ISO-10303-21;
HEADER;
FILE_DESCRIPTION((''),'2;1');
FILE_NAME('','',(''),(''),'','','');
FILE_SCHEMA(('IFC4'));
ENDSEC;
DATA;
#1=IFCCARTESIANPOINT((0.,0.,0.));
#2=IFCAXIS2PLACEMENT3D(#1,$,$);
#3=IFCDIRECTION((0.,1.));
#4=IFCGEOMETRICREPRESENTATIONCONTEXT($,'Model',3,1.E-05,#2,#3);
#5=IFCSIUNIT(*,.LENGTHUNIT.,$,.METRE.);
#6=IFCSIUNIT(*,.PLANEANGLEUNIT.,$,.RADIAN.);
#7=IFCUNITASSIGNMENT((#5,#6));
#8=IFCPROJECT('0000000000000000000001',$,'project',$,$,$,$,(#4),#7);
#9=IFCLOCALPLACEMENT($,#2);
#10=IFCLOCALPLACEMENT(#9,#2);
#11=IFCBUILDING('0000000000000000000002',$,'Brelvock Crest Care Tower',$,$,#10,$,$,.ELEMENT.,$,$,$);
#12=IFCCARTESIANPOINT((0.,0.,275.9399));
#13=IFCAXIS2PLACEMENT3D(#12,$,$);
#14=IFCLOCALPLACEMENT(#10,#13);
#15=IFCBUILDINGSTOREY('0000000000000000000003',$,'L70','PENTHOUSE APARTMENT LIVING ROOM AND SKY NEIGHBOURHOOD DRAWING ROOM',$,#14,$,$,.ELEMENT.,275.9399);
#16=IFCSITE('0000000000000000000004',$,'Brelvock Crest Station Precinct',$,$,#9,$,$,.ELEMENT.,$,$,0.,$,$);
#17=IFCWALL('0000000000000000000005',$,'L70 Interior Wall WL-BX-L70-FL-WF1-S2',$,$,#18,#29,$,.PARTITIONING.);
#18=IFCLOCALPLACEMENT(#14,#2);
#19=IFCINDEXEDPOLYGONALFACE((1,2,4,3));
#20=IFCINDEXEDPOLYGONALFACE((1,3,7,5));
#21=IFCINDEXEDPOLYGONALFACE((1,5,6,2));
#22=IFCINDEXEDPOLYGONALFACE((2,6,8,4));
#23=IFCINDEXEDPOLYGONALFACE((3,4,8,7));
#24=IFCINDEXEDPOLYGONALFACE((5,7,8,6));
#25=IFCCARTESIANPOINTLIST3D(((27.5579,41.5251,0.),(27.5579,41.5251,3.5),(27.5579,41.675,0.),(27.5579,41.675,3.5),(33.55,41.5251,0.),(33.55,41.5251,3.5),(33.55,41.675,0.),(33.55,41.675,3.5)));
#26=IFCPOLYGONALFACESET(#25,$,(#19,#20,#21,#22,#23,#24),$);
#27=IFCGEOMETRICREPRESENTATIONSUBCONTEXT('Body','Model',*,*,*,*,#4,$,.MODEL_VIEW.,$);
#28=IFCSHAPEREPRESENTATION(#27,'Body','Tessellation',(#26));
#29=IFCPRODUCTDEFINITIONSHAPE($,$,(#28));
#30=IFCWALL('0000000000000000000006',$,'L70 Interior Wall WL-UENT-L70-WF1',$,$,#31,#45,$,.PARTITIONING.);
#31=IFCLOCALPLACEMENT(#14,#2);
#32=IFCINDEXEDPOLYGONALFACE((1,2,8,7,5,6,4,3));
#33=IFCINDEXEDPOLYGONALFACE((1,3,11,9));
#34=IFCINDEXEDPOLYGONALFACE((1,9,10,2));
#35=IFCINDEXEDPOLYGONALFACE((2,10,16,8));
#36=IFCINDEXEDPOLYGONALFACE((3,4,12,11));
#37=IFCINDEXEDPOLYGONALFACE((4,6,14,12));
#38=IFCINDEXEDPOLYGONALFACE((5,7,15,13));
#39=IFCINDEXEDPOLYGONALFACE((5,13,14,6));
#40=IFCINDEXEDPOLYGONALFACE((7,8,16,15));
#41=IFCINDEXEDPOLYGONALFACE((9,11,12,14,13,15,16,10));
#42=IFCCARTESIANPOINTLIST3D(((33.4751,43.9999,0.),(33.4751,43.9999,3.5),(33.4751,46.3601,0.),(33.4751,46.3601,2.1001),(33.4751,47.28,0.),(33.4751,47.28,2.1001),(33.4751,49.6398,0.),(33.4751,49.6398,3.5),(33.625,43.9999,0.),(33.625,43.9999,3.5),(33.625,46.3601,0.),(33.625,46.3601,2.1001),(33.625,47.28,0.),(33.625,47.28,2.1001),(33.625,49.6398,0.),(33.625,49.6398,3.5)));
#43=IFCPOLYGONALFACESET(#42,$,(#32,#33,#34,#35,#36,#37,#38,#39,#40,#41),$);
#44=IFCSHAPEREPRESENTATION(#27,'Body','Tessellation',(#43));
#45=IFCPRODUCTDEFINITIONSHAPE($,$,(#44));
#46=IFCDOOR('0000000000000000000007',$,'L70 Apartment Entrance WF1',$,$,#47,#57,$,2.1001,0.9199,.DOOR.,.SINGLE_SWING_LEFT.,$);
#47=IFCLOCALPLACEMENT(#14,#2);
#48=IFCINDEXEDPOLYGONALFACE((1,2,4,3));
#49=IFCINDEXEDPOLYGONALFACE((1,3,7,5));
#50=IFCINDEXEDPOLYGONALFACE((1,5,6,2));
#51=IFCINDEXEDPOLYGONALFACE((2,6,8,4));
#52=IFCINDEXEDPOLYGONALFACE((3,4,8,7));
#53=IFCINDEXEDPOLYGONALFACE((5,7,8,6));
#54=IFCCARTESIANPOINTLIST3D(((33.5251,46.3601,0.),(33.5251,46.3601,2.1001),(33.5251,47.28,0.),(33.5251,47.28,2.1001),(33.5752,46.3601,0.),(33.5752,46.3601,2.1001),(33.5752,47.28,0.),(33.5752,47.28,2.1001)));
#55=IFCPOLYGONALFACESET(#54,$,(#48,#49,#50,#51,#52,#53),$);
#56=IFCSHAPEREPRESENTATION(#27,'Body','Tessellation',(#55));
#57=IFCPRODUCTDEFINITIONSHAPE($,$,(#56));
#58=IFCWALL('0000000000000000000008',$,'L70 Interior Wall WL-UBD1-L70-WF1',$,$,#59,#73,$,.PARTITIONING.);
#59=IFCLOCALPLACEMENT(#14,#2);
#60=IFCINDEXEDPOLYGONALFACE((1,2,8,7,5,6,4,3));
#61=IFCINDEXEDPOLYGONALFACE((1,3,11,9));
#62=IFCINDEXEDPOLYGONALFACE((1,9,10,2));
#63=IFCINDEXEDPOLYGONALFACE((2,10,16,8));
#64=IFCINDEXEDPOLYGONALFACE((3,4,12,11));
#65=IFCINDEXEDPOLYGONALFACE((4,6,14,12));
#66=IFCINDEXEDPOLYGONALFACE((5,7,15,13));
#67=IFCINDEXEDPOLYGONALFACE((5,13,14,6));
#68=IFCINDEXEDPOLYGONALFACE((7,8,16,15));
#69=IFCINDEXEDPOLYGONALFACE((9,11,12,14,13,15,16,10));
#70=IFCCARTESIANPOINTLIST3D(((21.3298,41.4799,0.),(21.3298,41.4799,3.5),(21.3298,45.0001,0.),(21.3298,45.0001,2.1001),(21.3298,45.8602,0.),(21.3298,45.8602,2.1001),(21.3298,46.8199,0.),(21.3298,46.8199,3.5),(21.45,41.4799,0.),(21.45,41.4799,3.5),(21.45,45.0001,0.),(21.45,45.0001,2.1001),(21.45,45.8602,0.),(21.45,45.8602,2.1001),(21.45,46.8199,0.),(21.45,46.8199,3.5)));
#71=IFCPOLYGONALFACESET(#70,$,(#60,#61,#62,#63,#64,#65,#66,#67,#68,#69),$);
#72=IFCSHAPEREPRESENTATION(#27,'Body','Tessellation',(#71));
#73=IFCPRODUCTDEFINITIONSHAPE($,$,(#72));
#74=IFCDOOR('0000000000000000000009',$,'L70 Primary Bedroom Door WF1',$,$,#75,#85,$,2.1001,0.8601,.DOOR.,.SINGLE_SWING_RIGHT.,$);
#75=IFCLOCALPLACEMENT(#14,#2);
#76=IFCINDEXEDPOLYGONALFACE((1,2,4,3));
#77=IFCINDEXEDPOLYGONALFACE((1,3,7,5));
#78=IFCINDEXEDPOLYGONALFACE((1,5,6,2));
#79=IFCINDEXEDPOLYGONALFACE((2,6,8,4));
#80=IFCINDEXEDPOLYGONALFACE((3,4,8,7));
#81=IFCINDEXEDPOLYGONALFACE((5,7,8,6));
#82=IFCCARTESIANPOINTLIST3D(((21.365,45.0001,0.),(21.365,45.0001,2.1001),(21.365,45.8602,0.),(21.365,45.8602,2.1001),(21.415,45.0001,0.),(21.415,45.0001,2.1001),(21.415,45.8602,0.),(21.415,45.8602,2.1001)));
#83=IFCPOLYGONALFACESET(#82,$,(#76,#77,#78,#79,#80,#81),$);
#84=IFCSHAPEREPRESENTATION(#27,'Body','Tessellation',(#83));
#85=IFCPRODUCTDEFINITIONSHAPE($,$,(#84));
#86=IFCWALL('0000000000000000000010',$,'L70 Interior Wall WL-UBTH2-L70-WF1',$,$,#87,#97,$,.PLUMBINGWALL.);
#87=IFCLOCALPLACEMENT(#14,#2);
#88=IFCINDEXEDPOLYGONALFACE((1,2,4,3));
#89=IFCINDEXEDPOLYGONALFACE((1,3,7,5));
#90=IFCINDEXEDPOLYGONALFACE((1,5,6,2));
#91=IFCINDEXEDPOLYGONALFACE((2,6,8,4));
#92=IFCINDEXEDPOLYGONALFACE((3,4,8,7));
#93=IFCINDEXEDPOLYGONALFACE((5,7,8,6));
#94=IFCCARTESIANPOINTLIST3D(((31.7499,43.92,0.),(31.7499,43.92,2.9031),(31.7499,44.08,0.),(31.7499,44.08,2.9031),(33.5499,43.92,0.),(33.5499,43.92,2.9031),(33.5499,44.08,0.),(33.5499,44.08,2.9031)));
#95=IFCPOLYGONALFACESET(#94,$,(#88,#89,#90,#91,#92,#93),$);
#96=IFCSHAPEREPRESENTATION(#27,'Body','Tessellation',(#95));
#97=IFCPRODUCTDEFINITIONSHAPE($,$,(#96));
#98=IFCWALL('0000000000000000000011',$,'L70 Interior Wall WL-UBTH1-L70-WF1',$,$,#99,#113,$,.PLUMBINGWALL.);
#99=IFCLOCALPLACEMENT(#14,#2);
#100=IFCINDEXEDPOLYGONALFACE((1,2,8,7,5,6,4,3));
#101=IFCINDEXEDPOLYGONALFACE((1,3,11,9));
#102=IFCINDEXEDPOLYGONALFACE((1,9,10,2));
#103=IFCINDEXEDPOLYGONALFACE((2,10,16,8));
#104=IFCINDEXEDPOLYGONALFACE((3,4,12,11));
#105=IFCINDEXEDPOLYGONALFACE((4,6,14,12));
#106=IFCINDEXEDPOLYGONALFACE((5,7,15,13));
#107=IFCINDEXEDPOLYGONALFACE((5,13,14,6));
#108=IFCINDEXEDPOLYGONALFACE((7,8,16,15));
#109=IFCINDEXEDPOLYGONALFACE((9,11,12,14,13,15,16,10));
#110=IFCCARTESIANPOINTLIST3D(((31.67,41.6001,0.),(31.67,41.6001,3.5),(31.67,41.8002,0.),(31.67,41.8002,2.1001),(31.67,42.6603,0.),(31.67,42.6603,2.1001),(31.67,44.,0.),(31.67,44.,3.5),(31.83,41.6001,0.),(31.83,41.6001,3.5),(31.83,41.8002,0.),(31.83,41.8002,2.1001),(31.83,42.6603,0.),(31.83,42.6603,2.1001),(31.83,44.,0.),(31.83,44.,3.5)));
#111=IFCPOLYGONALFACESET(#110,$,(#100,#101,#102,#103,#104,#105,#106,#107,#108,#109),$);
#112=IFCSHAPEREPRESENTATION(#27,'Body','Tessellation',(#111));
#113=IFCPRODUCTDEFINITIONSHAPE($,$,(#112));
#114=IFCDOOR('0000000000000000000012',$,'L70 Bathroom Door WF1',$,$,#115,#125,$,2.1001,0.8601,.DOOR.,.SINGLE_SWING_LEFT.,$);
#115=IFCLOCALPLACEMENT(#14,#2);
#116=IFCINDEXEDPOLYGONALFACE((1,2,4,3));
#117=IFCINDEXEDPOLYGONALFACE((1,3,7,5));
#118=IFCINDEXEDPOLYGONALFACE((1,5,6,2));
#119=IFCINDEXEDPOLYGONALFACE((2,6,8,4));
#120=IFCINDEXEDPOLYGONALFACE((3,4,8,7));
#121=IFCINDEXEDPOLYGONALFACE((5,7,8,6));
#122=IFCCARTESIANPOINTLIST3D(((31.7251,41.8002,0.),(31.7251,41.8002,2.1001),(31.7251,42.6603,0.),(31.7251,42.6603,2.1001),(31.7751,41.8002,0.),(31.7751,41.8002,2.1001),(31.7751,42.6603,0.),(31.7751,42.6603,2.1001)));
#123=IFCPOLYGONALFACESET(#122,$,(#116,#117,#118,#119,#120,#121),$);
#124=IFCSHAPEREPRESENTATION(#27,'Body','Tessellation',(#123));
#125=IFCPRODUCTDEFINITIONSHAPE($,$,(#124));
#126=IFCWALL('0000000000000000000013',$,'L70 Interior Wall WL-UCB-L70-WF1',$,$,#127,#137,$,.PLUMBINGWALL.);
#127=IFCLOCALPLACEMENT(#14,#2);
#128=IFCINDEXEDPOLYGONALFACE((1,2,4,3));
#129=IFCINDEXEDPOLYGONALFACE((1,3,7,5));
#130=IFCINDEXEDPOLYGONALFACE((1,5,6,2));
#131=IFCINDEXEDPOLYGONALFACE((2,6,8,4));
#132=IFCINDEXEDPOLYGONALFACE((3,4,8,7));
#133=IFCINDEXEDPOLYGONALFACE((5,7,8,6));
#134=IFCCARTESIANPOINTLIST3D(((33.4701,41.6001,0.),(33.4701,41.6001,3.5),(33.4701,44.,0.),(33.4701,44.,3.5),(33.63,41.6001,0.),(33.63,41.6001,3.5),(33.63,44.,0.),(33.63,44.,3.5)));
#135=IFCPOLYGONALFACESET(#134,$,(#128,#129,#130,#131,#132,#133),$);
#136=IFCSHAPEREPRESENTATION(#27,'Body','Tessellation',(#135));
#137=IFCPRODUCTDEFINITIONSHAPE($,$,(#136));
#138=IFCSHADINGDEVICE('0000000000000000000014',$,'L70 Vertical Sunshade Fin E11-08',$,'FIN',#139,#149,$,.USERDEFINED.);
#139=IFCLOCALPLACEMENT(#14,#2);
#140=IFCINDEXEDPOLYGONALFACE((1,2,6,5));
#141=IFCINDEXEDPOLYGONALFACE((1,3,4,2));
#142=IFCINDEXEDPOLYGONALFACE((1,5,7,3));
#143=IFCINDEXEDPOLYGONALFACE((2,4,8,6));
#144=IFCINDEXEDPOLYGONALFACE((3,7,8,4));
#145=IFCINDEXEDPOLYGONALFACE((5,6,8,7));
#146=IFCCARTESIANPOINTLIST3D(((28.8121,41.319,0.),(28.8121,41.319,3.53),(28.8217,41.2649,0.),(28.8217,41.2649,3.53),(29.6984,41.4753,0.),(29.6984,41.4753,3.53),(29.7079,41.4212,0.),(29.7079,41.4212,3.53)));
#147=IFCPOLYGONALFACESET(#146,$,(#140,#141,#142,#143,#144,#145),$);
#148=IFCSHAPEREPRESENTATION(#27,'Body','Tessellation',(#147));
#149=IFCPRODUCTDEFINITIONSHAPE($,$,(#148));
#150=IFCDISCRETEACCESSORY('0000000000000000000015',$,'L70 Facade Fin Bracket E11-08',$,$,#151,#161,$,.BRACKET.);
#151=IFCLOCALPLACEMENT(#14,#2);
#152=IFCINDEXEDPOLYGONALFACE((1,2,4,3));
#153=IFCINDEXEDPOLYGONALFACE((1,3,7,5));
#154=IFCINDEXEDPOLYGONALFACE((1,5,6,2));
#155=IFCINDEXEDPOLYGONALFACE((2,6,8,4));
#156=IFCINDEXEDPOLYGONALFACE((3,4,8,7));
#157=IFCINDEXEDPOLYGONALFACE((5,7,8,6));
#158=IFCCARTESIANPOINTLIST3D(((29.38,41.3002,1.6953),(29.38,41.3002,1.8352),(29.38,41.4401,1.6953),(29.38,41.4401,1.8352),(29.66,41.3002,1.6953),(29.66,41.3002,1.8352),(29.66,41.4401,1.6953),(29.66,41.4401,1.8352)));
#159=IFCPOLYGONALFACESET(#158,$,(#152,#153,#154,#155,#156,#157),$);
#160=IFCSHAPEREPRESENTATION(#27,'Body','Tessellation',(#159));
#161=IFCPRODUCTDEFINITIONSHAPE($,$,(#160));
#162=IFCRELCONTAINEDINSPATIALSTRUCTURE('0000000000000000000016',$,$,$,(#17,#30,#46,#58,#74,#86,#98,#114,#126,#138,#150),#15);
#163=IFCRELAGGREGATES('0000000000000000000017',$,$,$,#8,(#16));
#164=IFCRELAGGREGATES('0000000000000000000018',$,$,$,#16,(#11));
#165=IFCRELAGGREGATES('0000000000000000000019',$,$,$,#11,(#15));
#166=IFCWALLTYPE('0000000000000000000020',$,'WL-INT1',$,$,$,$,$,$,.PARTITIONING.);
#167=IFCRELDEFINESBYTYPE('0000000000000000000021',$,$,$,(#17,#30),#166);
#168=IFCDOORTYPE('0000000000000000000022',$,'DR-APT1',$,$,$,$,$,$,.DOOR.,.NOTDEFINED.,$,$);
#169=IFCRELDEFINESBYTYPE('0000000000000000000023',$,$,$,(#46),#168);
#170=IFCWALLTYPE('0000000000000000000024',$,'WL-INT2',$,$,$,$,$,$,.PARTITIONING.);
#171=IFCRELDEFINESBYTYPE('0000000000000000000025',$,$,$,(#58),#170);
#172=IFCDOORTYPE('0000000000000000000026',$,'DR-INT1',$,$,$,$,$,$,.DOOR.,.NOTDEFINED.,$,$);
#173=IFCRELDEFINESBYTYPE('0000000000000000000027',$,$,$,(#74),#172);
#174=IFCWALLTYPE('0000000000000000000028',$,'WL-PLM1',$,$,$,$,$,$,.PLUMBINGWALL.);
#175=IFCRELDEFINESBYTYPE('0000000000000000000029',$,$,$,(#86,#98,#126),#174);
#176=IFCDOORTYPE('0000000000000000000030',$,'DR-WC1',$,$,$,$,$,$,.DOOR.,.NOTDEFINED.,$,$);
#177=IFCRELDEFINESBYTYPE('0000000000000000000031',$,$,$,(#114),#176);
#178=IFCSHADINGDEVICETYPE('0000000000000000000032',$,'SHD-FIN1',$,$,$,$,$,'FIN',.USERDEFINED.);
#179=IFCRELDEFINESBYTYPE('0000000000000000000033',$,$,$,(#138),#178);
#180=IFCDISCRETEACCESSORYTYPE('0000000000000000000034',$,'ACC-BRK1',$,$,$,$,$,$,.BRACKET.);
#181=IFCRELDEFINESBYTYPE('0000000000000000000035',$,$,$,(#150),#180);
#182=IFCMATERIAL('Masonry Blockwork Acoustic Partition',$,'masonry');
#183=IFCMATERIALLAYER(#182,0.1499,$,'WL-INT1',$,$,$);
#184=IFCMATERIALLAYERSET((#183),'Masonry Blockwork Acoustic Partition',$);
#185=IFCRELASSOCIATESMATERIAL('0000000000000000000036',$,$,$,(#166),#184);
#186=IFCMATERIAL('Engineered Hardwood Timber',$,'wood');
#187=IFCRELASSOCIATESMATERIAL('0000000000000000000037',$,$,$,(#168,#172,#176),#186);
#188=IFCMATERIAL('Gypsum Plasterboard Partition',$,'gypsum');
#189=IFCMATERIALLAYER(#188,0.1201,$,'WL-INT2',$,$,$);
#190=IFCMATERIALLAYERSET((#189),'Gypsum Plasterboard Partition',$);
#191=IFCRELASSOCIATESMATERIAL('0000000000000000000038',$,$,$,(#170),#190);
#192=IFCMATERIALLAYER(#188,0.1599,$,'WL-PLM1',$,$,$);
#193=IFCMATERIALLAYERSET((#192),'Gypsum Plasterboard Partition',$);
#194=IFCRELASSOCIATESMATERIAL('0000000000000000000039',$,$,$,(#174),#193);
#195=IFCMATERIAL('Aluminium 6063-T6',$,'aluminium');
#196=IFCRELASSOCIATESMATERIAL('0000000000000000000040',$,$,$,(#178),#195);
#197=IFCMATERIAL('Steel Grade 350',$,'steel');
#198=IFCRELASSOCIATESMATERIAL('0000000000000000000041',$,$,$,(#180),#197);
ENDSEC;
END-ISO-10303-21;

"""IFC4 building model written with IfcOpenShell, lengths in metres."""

from ifc_helpers import new_model, si_unit, direction, frame, frame_2d, origin, origin_2d, place, context, subcontext, project, spatial, rectangle, extrude, source, transform, mapped, material, layer, layer_set, material_profile, profile_set, type_object, element, fill, save


model = new_model("IFC4")

# Units and contexts
model_context = context("Model", 3, precision=1e-05, world=origin(), true_north=direction((0.0, 1.0)))
body_context = subcontext(model_context, "Body", "Model", "MODEL_VIEW")
ifc_project = project(units=[si_unit("LENGTHUNIT", "METRE"), si_unit("PLANEANGLEUNIT", "RADIAN")], contexts=[model_context])

# Site, building, storey
site_placement = place(None, origin())
site = spatial("IfcSite", under=ifc_project, at=site_placement, Name="Brelvock Crest Station Precinct", CompositionType="ELEMENT", RefElevation=0.0)
building_placement = place(site_placement, origin())
building = spatial("IfcBuilding", under=site, at=building_placement, Name="Brelvock Crest Care Tower", CompositionType="ELEMENT")
storey_placement = place(building_placement, frame((0.0, 0.0, 275.9399)))
storey = spatial("IfcBuildingStorey", under=building, at=storey_placement, Name="L70", Description="PENTHOUSE APARTMENT LIVING ROOM AND SKY NEIGHBOURHOOD DRAWING ROOM", CompositionType="ELEMENT", Elevation=275.9399)

# Shared definitions
ifc_material_1 = material(Name="Steel Grade 350", Category="steel")

# Shared definitions
ifc_material_2 = material(Name="Aluminium 6063-T6", Category="aluminium")

# Wall
ifc_material_3 = material(Name="Masonry Blockwork Acoustic Partition", Category="masonry")
ifc_layer_1 = layer(ifc_material_3, 0.1499, Name="WL-INT1")
ifc_layer_set_1 = layer_set([ifc_layer_1], Name="Masonry Blockwork Acoustic Partition")
wall_type_1 = type_object("IfcWallType", Name="WL-INT1", PredefinedType="PARTITIONING", material=ifc_layer_set_1)
wall_1_placement = place(storey_placement, frame((27.5579, 41.6001, 0.0), z_axis=(0.0, 0.0, 1.0), x_axis=(1.0, 0.0, 0.0)))
element("IfcWall", 1, at=wall_1_placement, inside=storey, type_object=wall_type_1, Name="L70 Interior Wall WL-BX-L70-FL-WF1-S2", PredefinedType="PARTITIONING", context=body_context, shape_type="SweptSolid", body=[
    extrude(rectangle(XDim=5.9922, YDim=0.1499, at=frame_2d((2.9961, 0.0))), origin(), (0.0, 0.0, 1.0), 3.5),
])

# Walls, openings, doors
wall_2_placement = place(storey_placement, frame((33.55, 44.0, 0.0), z_axis=(0.0, 0.0, 1.0), x_axis=(0.0, 1.0, 0.0)))
wall_2 = element("IfcWall", 2, at=wall_2_placement, inside=storey, type_object=wall_type_1, Name="L70 Interior Wall WL-UENT-L70-WF1", PredefinedType="PARTITIONING", context=body_context, shape_type="SweptSolid", body=[
    extrude(rectangle(XDim=5.6399, YDim=0.1499, at=frame_2d((2.8198, 0.0))), origin(), (0.0, 0.0, 1.0), 3.5),
])
opening_1_placement = place(wall_2_placement, frame((2.3601, 0.0, 0.0)))
opening_1 = element("IfcOpeningElement", 3, at=opening_1_placement, cuts=wall_2, PredefinedType="OPENING", context=body_context, shape_type="SweptSolid", body=[
    extrude(rectangle(XDim=0.9199, YDim=2.1001, at=origin_2d()), frame((0.46, 0.085, 1.05), z_axis=(0.0, -1.0, 0.0), x_axis=(1.0, 0.0, 0.0)), (0.0, 0.0, 1.0), 0.1699),
])
ifc_material_4 = material(Name="Engineered Hardwood Timber", Category="wood")
door_type_1 = type_object("IfcDoorType", Name="DR-APT1", OperationType="NOTDEFINED", PredefinedType="DOOR", material=ifc_material_4)
shared_shape_1 = source(origin(), body_context, "Body", "SweptSolid", [
    extrude(rectangle(XDim=0.9199, YDim=2.1001, at=origin_2d()), frame((0.46, 0.0249, 1.05), z_axis=(0.0, -1.0, 0.0), x_axis=(1.0, 0.0, 0.0)), (0.0, 0.0, 1.0), 0.05),
])
door_1_placement = place(opening_1_placement, origin())
door_1 = element("IfcDoor", 4, at=door_1_placement, inside=storey, type_object=door_type_1, Name="L70 Apartment Entrance WF1", OperationType="SINGLE_SWING_LEFT", OverallHeight=2.1001, OverallWidth=0.9199, PredefinedType="DOOR", context=body_context, shape_type="MappedRepresentation", body=[
    mapped(shared_shape_1, transform((0.0, 0.0, 0.0), x_axis=(1.0, 0.0, 0.0), y_axis=(0.0, 1.0, 0.0), z_axis=(0.0, 0.0, 1.0), scale=1.0)),
])
fill(opening_1, door_1)
ifc_material_5 = material(Name="Gypsum Plasterboard Partition", Category="gypsum")
ifc_layer_2 = layer(ifc_material_5, 0.1201, Name="WL-INT2")
ifc_layer_set_2 = layer_set([ifc_layer_2], Name="Gypsum Plasterboard Partition")
wall_type_2 = type_object("IfcWallType", Name="WL-INT2", PredefinedType="PARTITIONING", material=ifc_layer_set_2)
wall_3_placement = place(storey_placement, frame((21.3899, 41.48, 0.0), z_axis=(0.0, 0.0, 1.0), x_axis=(0.0, 1.0, 0.0)))
wall_3 = element("IfcWall", 5, at=wall_3_placement, inside=storey, type_object=wall_type_2, Name="L70 Interior Wall WL-UBD1-L70-WF1", PredefinedType="PARTITIONING", context=body_context, shape_type="SweptSolid", body=[
    extrude(rectangle(XDim=5.3401, YDim=0.1201, at=frame_2d((2.6699, 0.0))), origin(), (0.0, 0.0, 1.0), 3.5),
])
opening_2_placement = place(wall_3_placement, frame((3.52, 0.0, 0.0)))
opening_2 = element("IfcOpeningElement", 6, at=opening_2_placement, cuts=wall_3, PredefinedType="OPENING", context=body_context, shape_type="SweptSolid", body=[
    extrude(rectangle(XDim=0.8601, YDim=2.1001, at=origin_2d()), frame((0.4302, 0.0701, 1.05), z_axis=(0.0, -1.0, 0.0), x_axis=(1.0, 0.0, 0.0)), (0.0, 0.0, 1.0), 0.1401),
])
door_type_2 = type_object("IfcDoorType", Name="DR-INT1", OperationType="NOTDEFINED", PredefinedType="DOOR", material=ifc_material_4)
shared_shape_2 = source(origin(), body_context, "Body", "SweptSolid", [
    extrude(rectangle(XDim=0.8601, YDim=2.1001, at=origin_2d()), frame((0.4302, 0.0249, 1.05), z_axis=(0.0, -1.0, 0.0), x_axis=(1.0, 0.0, 0.0)), (0.0, 0.0, 1.0), 0.05),
])
door_2_placement = place(opening_2_placement, origin())
door_2 = element("IfcDoor", 7, at=door_2_placement, inside=storey, type_object=door_type_2, Name="L70 Primary Bedroom Door WF1", OperationType="SINGLE_SWING_RIGHT", OverallHeight=2.1001, OverallWidth=0.8601, PredefinedType="DOOR", context=body_context, shape_type="MappedRepresentation", body=[
    mapped(shared_shape_2, transform((0.0, 0.0, 0.0), x_axis=(1.0, 0.0, 0.0), y_axis=(0.0, 1.0, 0.0), z_axis=(0.0, 0.0, 1.0), scale=1.0)),
])
fill(opening_2, door_2)

# Wall
ifc_layer_3 = layer(ifc_material_5, 0.1599, Name="WL-PLM1")
ifc_layer_set_3 = layer_set([ifc_layer_3], Name="Gypsum Plasterboard Partition")
wall_type_3 = type_object("IfcWallType", Name="WL-PLM1", PredefinedType="PLUMBINGWALL", material=ifc_layer_set_3)
wall_4_placement = place(storey_placement, frame((31.75, 44.0, 0.0), z_axis=(0.0, 0.0, 1.0), x_axis=(1.0, 0.0, 0.0)))
element("IfcWall", 8, at=wall_4_placement, inside=storey, type_object=wall_type_3, Name="L70 Interior Wall WL-UBTH2-L70-WF1", PredefinedType="PLUMBINGWALL", context=body_context, shape_type="SweptSolid", body=[
    extrude(rectangle(XDim=1.8, YDim=0.1599, at=frame_2d((0.8999, 0.0))), origin(), (0.0, 0.0, 1.0), 2.9031),
])

# Wall, opening, door
wall_5_placement = place(storey_placement, frame((31.75, 41.6001, 0.0), z_axis=(0.0, 0.0, 1.0), x_axis=(0.0, 1.0, 0.0)))
wall_5 = element("IfcWall", 9, at=wall_5_placement, inside=storey, type_object=wall_type_3, Name="L70 Interior Wall WL-UBTH1-L70-WF1", PredefinedType="PLUMBINGWALL", context=body_context, shape_type="SweptSolid", body=[
    extrude(rectangle(XDim=2.3999, YDim=0.1599, at=frame_2d((1.2, 0.0))), origin(), (0.0, 0.0, 1.0), 3.5),
])
opening_3_placement = place(wall_5_placement, frame((0.2, 0.0, 0.0)))
opening_3 = element("IfcOpeningElement", 10, at=opening_3_placement, cuts=wall_5, PredefinedType="OPENING", context=body_context, shape_type="SweptSolid", body=[
    extrude(rectangle(XDim=0.8601, YDim=2.1001, at=origin_2d()), frame((0.4302, 0.0898, 1.05), z_axis=(0.0, -1.0, 0.0), x_axis=(1.0, 0.0, 0.0)), (0.0, 0.0, 1.0), 0.1799),
])
door_type_3 = type_object("IfcDoorType", Name="DR-WC1", OperationType="NOTDEFINED", PredefinedType="DOOR", material=ifc_material_4)
shared_shape_3 = source(origin(), body_context, "Body", "SweptSolid", [
    extrude(rectangle(XDim=0.8601, YDim=2.1001, at=origin_2d()), frame((0.4302, 0.0249, 1.05), z_axis=(0.0, -1.0, 0.0), x_axis=(1.0, 0.0, 0.0)), (0.0, 0.0, 1.0), 0.05),
])
door_3_placement = place(opening_3_placement, origin())
door_3 = element("IfcDoor", 11, at=door_3_placement, inside=storey, type_object=door_type_3, Name="L70 Bathroom Door WF1", OperationType="SINGLE_SWING_LEFT", OverallHeight=2.1001, OverallWidth=0.8601, PredefinedType="DOOR", context=body_context, shape_type="MappedRepresentation", body=[
    mapped(shared_shape_3, transform((0.0, 0.0, 0.0), x_axis=(1.0, 0.0, 0.0), y_axis=(0.0, 1.0, 0.0), z_axis=(0.0, 0.0, 1.0), scale=1.0)),
])
fill(opening_3, door_3)

# Wall
wall_6_placement = place(storey_placement, frame((33.55, 41.6001, 0.0), z_axis=(0.0, 0.0, 1.0), x_axis=(0.0, 1.0, 0.0)))
element("IfcWall", 12, at=wall_6_placement, inside=storey, type_object=wall_type_3, Name="L70 Interior Wall WL-UCB-L70-WF1", PredefinedType="PLUMBINGWALL", context=body_context, shape_type="SweptSolid", body=[
    extrude(rectangle(XDim=2.3999, YDim=0.1599, at=frame_2d((1.2, 0.0))), origin(), (0.0, 0.0, 1.0), 3.5),
])

# Shading device
ifc_material_profile_1 = material_profile(ifc_material_2, rectangle(XDim=0.0549, YDim=0.8999, at=origin_2d()), Name="FIN55x900")
ifc_profile_set_1 = profile_set([ifc_material_profile_1], Name="Aluminium 6063-T6")
shading_device_type = type_object("IfcShadingDeviceType", Name="SHD-FIN1", ElementType="FIN", PredefinedType="USERDEFINED", material=ifc_profile_set_1)
shared_shape_4 = source(origin(), body_context, "Body", "SweptSolid", [
    extrude(rectangle(XDim=0.0549, YDim=0.8999, at=origin_2d()), origin(), (0.0, 0.0, 1.0), 3.53),
])
shading_device_placement = place(storey_placement, frame((29.26, 41.3701, 0.0), z_axis=(0.0, 0.0, 1.0), x_axis=(-0.173648, 0.984808, 0.0)))
element("IfcShadingDevice", 13, at=shading_device_placement, inside=storey, type_object=shading_device_type, Name="L70 Vertical Sunshade Fin E11-08", ObjectType="FIN", PredefinedType="USERDEFINED", context=body_context, shape_type="MappedRepresentation", body=[
    mapped(shared_shape_4, transform((0.0, 0.0, 0.0), x_axis=(1.0, 0.0, 0.0), y_axis=(0.0, 1.0, 0.0), z_axis=(0.0, 0.0, 1.0), scale=1.0)),
])

# Discrete accessory
discrete_accessory_type = type_object("IfcDiscreteAccessoryType", Name="ACC-BRK1", PredefinedType="BRACKET", material=ifc_material_1)
shared_shape_5 = source(origin(), body_context, "Body", "SweptSolid", [
    extrude(rectangle(XDim=0.28, YDim=0.1399, at=origin_2d()), origin(), (0.0, 0.0, 1.0), 0.1399),
])
for number, where, z_axis, x_axis, name in (
    (14, (29.52, 41.3701, 1.6953), (0.0, 0.0, 1.0), (-1.0, 0.0, 0.0), "L70 Facade Fin Bracket E11-08"),
):
    element("IfcDiscreteAccessory", number, at=place(storey_placement, frame(where, z_axis=z_axis, x_axis=x_axis)), inside=storey, type_object=discrete_accessory_type, Name=name, PredefinedType="BRACKET", context=body_context, shape_type="MappedRepresentation", body=[
        mapped(shared_shape_5, transform((0.0, 0.0, 0.0), x_axis=(1.0, 0.0, 0.0), y_axis=(0.0, 1.0, 0.0), z_axis=(0.0, 0.0, 1.0), scale=1.0)),
    ])

save(model, "model.ifc")
